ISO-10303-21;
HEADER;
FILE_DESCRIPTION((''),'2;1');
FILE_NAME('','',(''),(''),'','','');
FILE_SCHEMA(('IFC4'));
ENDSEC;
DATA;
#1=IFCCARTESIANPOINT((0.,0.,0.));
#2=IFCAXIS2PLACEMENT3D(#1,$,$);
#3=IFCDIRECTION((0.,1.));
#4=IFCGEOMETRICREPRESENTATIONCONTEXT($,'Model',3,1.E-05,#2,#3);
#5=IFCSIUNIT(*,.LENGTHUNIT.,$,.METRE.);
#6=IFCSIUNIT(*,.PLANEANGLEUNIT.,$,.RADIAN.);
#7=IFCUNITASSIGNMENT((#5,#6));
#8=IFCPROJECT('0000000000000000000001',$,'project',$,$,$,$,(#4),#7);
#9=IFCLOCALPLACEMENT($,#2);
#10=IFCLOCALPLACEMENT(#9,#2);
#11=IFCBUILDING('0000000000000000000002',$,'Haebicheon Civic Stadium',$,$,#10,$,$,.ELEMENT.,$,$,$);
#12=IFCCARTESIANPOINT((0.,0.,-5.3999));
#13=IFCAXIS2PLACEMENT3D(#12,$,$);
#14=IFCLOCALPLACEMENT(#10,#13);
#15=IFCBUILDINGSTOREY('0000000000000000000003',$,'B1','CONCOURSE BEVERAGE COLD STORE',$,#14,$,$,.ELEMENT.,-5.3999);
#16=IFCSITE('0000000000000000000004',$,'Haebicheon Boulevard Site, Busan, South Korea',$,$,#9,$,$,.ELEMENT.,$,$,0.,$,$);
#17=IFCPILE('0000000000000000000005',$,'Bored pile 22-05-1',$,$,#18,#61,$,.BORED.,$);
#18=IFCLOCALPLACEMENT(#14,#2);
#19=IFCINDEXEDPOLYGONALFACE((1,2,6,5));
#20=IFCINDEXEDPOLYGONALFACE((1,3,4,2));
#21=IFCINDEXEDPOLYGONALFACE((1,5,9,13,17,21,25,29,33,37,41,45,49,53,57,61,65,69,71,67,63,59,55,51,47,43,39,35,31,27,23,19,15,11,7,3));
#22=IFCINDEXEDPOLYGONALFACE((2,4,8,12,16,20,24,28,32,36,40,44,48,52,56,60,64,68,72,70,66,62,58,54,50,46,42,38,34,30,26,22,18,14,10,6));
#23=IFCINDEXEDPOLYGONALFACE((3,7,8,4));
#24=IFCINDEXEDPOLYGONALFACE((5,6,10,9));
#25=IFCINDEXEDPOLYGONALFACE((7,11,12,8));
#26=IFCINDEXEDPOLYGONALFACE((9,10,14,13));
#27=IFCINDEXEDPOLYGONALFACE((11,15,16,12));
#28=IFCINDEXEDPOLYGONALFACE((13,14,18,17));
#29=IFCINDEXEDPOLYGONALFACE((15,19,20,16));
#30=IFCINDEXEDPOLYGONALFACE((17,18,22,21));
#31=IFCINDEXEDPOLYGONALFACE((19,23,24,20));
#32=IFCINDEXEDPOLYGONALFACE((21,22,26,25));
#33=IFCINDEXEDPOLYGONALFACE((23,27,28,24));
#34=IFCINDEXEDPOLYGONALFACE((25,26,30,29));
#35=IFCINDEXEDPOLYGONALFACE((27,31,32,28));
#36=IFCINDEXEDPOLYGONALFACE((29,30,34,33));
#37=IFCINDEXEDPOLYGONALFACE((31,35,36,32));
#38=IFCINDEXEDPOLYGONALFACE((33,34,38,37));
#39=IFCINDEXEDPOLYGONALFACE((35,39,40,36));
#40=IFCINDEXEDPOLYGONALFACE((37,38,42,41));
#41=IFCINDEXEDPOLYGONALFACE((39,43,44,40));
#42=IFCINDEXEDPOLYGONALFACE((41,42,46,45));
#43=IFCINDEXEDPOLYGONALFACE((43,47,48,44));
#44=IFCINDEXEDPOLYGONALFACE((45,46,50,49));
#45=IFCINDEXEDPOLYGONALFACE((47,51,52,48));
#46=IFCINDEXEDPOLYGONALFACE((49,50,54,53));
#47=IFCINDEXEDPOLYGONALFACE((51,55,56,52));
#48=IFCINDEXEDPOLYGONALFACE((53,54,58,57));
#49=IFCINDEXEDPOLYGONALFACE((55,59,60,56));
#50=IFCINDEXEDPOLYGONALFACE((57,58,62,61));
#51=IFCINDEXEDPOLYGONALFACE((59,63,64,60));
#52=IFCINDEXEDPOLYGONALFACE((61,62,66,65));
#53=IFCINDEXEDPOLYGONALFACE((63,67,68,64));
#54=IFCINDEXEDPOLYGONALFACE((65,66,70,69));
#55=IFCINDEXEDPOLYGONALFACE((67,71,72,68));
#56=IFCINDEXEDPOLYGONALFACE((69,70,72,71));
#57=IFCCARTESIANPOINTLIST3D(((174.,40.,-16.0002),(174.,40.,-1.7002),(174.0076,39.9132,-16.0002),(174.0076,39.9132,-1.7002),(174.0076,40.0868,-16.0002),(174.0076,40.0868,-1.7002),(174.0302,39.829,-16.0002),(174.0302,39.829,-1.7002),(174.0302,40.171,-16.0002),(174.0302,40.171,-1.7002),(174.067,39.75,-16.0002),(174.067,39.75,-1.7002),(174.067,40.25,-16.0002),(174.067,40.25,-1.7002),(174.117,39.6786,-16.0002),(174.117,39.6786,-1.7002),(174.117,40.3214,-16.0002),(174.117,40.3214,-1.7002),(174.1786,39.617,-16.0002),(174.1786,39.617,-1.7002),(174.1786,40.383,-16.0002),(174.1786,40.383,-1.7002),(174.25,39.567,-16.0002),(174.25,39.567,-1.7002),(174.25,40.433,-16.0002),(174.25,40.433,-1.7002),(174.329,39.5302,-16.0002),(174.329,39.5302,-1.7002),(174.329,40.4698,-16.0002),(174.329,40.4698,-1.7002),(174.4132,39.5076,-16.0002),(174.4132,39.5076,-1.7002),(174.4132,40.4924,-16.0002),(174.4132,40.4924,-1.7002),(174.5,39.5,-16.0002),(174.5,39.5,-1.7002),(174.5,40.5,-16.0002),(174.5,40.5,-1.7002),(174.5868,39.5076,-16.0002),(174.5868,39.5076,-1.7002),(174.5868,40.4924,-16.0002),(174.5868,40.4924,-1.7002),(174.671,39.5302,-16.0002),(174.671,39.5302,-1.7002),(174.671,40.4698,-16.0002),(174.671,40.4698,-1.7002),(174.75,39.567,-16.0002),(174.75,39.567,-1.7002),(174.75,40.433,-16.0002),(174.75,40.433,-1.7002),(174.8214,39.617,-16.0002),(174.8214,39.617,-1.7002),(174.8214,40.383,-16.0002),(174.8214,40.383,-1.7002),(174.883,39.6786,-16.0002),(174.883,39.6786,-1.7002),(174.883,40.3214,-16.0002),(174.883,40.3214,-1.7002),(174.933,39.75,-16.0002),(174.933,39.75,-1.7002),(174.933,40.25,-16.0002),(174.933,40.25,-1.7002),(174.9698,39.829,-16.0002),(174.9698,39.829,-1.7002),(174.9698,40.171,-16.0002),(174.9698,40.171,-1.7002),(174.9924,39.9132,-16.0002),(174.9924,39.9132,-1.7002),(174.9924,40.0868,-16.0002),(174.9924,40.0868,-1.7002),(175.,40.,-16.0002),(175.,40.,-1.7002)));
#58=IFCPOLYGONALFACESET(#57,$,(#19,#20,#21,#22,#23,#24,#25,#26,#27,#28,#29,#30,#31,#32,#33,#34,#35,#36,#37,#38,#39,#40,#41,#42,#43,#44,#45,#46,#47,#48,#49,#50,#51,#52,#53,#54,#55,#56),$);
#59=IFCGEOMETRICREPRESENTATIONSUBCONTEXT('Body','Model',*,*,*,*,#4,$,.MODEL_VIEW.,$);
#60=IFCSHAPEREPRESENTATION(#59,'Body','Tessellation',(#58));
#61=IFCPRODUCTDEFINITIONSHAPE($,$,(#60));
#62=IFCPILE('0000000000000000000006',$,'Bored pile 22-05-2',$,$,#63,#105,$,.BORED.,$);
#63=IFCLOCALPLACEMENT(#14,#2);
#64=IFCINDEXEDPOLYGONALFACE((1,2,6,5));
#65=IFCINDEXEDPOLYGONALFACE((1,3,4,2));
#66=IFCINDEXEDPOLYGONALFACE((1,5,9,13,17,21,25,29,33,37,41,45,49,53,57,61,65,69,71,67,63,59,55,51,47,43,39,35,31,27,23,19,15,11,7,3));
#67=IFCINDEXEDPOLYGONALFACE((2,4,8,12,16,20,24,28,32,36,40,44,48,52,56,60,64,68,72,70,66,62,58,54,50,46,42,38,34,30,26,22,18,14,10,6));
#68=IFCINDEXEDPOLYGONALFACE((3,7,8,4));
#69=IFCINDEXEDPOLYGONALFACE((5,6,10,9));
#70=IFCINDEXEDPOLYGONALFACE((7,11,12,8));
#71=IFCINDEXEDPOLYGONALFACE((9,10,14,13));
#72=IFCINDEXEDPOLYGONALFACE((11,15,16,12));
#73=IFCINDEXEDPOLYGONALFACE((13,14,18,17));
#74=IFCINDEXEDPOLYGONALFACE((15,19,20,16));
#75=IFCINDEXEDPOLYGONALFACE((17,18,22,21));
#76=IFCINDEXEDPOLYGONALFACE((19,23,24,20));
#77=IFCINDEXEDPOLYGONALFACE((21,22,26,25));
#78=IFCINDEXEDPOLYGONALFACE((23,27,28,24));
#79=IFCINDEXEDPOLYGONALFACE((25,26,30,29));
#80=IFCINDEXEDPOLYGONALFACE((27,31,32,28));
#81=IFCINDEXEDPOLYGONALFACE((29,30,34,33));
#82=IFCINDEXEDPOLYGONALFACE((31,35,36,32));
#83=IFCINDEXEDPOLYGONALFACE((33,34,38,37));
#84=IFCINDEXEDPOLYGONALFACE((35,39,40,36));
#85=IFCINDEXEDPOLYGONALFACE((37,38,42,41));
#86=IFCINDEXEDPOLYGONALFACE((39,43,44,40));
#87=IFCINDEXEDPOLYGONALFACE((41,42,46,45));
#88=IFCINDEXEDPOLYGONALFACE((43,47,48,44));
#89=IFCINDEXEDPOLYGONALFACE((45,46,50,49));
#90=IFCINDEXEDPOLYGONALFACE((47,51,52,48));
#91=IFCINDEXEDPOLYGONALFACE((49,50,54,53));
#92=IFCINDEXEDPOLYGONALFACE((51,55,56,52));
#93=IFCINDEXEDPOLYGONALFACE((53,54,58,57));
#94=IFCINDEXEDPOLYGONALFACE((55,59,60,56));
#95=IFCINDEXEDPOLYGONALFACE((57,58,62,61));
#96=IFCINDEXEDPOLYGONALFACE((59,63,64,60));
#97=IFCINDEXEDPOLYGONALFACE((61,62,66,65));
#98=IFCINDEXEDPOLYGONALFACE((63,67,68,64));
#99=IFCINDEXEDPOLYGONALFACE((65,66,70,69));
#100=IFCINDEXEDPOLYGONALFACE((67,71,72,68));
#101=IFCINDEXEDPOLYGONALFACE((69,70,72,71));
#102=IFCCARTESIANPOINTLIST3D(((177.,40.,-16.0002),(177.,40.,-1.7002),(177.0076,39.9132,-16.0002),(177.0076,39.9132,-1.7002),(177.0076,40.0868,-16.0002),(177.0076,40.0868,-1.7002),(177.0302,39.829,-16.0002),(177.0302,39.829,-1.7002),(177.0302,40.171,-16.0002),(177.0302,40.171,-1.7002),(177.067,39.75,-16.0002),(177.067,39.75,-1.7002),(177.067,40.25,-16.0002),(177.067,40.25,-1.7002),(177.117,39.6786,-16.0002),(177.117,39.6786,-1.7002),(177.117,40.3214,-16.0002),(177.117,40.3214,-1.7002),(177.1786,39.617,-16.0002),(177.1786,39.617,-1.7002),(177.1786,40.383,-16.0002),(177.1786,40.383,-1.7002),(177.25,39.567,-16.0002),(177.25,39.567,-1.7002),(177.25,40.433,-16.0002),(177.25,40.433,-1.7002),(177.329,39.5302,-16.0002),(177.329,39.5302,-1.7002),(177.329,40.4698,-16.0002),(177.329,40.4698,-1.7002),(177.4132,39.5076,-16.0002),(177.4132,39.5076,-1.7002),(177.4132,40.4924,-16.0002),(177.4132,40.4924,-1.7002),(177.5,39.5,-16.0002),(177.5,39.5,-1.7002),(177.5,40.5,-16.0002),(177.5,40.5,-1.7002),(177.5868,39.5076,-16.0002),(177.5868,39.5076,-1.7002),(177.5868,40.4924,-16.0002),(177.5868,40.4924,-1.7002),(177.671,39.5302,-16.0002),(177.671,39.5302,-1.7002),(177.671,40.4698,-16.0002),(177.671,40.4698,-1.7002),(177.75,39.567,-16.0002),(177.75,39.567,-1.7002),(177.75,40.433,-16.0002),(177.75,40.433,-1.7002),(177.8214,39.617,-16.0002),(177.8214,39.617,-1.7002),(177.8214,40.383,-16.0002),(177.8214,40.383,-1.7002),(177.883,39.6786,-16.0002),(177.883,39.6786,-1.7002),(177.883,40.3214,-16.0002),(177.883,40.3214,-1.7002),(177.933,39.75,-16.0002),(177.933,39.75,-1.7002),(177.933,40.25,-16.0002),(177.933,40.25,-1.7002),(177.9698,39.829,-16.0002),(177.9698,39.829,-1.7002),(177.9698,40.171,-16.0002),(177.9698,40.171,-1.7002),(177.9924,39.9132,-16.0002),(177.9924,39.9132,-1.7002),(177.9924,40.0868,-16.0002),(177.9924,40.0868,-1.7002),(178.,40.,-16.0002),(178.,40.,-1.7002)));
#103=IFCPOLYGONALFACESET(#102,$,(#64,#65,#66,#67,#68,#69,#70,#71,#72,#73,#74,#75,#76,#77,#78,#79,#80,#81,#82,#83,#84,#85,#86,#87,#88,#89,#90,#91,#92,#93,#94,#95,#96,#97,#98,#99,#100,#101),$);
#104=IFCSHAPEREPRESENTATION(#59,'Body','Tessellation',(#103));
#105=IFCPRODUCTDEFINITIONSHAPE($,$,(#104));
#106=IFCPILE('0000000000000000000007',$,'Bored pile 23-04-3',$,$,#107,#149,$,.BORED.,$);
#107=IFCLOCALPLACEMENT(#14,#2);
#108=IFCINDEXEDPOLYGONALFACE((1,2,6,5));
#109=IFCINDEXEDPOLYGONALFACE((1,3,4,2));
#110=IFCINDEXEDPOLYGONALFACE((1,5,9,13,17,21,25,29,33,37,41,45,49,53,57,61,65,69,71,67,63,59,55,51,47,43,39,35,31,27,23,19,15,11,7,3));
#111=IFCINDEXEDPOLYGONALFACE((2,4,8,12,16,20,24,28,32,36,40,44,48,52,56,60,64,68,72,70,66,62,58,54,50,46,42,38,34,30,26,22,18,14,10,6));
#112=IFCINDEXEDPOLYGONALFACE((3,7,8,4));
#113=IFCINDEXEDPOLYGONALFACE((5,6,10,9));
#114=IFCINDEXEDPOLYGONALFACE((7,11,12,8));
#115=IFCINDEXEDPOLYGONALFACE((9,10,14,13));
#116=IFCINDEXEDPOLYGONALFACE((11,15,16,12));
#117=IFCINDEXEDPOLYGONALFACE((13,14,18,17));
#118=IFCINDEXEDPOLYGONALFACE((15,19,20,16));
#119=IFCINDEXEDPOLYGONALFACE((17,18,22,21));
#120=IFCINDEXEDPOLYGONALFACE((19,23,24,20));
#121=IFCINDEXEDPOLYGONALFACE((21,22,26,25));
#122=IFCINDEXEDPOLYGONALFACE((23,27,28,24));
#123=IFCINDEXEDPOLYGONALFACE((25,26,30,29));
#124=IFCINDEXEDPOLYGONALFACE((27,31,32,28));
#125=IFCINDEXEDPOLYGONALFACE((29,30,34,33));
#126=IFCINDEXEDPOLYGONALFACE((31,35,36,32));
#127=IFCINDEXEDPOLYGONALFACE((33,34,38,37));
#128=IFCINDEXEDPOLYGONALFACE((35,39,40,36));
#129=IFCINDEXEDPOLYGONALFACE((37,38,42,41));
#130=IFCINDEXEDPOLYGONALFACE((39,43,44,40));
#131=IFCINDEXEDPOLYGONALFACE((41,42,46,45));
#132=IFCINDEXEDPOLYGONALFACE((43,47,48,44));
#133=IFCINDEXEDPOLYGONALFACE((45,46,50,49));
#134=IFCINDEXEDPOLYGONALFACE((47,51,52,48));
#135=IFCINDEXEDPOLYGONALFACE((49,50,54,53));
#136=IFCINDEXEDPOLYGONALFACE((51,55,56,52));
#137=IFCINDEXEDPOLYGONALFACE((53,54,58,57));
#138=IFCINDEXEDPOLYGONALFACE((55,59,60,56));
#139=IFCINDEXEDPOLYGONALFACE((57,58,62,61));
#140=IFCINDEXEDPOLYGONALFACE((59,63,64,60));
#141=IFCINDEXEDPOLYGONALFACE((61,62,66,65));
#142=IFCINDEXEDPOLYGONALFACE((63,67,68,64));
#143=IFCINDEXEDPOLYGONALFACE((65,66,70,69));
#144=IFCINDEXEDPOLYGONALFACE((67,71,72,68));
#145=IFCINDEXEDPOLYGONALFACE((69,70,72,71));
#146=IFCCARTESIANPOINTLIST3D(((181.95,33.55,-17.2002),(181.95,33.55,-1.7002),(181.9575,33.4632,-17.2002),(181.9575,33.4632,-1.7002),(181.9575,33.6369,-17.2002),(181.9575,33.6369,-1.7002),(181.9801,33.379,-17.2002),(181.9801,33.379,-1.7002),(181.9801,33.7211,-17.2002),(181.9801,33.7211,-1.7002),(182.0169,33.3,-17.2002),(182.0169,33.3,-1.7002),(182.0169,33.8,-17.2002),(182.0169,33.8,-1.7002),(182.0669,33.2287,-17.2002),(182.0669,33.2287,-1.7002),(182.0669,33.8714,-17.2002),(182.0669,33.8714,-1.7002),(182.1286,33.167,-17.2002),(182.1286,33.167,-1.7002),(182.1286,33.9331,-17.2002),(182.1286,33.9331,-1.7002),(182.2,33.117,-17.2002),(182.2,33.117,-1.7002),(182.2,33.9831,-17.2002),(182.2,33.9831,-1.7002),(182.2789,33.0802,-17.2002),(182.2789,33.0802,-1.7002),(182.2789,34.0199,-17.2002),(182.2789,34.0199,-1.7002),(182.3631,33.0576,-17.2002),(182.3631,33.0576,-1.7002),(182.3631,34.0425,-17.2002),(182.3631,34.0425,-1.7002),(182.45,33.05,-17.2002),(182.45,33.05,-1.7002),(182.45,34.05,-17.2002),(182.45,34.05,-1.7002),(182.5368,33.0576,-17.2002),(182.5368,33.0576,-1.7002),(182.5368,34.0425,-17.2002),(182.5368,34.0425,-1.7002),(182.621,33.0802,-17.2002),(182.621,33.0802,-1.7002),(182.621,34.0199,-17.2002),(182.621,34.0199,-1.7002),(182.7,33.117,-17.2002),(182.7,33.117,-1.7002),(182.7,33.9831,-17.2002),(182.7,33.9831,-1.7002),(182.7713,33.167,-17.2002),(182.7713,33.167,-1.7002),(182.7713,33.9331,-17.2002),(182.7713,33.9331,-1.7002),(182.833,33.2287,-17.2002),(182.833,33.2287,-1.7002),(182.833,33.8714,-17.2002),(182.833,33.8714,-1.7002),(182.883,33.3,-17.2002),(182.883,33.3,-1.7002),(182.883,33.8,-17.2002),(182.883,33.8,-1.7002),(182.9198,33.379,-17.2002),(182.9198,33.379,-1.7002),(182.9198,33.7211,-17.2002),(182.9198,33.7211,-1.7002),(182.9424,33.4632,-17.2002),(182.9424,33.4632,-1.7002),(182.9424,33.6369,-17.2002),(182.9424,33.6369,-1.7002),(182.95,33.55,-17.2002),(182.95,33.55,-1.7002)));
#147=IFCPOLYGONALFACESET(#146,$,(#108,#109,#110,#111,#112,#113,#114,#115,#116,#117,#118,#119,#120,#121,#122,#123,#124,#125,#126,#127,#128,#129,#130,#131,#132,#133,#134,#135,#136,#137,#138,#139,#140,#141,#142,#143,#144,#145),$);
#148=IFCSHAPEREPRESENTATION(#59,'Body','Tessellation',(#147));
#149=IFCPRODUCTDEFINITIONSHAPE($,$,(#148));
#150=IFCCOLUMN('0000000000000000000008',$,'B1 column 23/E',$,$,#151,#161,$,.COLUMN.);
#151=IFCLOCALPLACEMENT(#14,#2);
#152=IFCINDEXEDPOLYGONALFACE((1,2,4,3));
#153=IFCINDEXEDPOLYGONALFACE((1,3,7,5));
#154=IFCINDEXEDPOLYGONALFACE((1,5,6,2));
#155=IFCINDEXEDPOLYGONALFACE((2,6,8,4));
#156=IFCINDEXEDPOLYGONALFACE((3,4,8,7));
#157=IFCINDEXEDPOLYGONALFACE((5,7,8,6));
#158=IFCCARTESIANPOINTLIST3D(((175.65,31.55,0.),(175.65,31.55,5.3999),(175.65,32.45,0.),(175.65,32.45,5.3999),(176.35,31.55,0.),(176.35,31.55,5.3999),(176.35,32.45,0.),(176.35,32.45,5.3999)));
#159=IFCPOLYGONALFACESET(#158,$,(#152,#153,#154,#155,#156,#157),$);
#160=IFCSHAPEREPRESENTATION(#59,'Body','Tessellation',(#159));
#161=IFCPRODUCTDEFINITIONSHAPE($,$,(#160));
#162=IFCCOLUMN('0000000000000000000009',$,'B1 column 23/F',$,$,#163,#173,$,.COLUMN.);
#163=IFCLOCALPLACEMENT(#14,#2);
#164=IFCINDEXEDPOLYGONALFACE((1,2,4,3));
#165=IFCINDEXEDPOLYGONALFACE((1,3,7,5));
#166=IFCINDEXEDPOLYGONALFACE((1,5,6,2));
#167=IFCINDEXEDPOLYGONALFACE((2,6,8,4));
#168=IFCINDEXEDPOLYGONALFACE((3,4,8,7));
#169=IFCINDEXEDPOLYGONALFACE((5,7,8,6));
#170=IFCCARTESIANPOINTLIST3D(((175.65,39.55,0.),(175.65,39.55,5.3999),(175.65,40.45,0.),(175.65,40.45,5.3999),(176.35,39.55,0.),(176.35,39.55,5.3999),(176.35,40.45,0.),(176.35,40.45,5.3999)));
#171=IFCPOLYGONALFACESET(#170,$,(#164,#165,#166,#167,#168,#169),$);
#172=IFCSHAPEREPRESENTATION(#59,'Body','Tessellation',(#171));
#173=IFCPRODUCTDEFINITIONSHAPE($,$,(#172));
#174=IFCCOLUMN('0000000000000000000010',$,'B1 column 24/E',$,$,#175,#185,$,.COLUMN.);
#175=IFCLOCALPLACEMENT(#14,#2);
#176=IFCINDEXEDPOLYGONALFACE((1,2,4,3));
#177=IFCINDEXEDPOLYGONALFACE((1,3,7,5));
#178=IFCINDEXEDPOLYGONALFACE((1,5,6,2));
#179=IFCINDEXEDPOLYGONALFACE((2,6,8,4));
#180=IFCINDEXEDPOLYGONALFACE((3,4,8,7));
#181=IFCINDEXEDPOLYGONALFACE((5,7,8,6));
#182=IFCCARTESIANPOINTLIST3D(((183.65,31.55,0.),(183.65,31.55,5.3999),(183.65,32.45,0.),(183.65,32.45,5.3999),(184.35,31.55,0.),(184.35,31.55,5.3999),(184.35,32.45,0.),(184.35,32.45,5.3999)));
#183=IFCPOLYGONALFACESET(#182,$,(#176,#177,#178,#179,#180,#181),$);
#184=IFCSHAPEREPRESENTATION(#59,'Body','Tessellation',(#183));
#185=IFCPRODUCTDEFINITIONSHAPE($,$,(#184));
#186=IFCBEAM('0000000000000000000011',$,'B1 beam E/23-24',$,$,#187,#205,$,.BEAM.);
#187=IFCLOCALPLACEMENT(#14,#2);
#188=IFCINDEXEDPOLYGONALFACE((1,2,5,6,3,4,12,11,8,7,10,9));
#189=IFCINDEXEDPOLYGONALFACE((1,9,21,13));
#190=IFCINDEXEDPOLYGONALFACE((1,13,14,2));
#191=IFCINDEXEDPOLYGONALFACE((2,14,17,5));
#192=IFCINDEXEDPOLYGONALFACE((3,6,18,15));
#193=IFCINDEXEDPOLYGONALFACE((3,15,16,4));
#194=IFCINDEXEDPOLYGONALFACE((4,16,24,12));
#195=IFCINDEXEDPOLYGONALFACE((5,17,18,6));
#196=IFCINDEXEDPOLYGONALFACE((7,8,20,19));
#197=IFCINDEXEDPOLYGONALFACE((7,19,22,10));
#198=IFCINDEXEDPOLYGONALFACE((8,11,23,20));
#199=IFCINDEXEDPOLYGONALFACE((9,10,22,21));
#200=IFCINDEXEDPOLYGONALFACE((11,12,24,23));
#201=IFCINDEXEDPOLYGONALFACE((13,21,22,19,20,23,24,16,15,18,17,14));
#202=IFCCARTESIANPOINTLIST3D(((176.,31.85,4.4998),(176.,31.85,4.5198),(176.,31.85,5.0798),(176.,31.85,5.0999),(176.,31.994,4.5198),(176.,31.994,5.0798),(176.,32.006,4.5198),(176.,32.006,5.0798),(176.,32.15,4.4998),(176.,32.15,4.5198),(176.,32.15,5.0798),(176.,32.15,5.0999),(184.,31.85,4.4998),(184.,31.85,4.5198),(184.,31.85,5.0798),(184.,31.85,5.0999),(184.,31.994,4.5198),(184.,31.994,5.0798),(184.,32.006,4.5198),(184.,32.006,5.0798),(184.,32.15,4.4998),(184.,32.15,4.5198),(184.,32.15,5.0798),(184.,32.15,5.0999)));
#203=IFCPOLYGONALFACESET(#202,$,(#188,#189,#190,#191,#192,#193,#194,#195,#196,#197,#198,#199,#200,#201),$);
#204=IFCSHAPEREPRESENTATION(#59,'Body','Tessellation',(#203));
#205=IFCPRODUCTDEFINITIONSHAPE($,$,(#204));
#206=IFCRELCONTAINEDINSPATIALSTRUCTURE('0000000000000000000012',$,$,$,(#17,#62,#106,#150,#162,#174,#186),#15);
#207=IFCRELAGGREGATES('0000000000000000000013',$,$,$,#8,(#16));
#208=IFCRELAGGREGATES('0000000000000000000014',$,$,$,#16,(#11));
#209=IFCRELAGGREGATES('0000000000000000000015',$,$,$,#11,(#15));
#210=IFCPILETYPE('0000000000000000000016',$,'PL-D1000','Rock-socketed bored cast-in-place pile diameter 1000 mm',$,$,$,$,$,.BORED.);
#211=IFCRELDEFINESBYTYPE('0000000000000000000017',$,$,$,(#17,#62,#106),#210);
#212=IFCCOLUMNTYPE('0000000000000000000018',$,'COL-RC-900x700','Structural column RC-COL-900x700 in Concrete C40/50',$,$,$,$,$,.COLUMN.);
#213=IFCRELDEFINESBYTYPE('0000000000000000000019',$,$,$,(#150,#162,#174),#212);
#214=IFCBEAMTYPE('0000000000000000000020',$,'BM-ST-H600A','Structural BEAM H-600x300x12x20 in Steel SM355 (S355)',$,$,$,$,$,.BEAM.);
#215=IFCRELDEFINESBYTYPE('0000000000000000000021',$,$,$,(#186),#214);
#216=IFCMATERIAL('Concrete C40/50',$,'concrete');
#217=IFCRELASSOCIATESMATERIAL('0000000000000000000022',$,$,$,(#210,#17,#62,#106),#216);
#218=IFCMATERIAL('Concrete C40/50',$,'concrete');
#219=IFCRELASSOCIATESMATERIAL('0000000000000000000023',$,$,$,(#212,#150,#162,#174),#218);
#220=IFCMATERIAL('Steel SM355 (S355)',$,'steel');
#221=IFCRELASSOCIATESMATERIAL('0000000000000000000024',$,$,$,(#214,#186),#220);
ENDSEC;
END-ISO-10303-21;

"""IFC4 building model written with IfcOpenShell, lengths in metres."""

from ifc_helpers import new_model, si_unit, direction, frame, origin, origin_2d, place, context, subcontext, project, spatial, rectangle, circle, i_section, extrude, material, material_profile, profile_set, type_object, element, save


model = new_model("IFC4")

# Units and contexts
model_context = context("Model", 3, precision=1e-05, world=origin(), true_north=direction((0.0, 1.0)))
body_context = subcontext(model_context, "Body", "Model", "MODEL_VIEW")
ifc_project = project(units=[si_unit("LENGTHUNIT", "METRE"), si_unit("PLANEANGLEUNIT", "RADIAN")], contexts=[model_context])

# Site, building, storey
site_placement = place(None, origin())
site = spatial("IfcSite", under=ifc_project, at=site_placement, Name="Haebicheon Boulevard Site, Busan, South Korea", CompositionType="ELEMENT", RefElevation=0.0)
building_placement = place(site_placement, origin())
building = spatial("IfcBuilding", under=site, at=building_placement, Name="Haebicheon Civic Stadium", CompositionType="ELEMENT")
storey_placement = place(building_placement, frame((0.0, 0.0, -5.3999)))
storey = spatial("IfcBuildingStorey", under=building, at=storey_placement, Name="B1", Description="CONCOURSE BEVERAGE COLD STORE", CompositionType="ELEMENT", Elevation=-5.3999)

# Piles
ifc_material_1 = material(Name="Concrete C40/50", Category="concrete")
ifc_material_profile_1 = material_profile(ifc_material_1, circle(Radius=0.5, at=origin_2d()), Name="PILE-D1000")
ifc_profile_set_1 = profile_set([ifc_material_profile_1], Name="Concrete C40/50")
pile_type = type_object("IfcPileType", Name="PL-D1000", Description="Rock-socketed bored cast-in-place pile diameter 1000 mm", PredefinedType="BORED", material=ifc_profile_set_1)
for number, where, z_axis, x_axis, name in (
    (1, (174.5, 40.0, -1.7002), (0.0, 0.0, -1.0), (1.0, 0.0, 0.0), "Bored pile 22-05-1"),
    (2, (177.5, 40.0, -1.7002), (0.0, 0.0, -1.0), (1.0, 0.0, 0.0), "Bored pile 22-05-2"),
):
    element("IfcPile", number, at=place(storey_placement, frame(where, z_axis=z_axis, x_axis=x_axis)), inside=storey, type_object=pile_type, material=ifc_profile_set_1, Name=name, PredefinedType="BORED", context=body_context, shape_type="SweptSolid", body=[
        extrude(circle(Radius=0.5, at=origin_2d()), origin(), (0.0, 0.0, 1.0), 14.3),
    ])
pile_placement = place(storey_placement, frame((182.45, 33.55, -1.7002), z_axis=(0.0, 0.0, -1.0), x_axis=(1.0, 0.0, 0.0)))
element("IfcPile", 3, at=pile_placement, inside=storey, type_object=pile_type, material=ifc_profile_set_1, Name="Bored pile 23-04-3", PredefinedType="BORED", context=body_context, shape_type="SweptSolid", body=[
    extrude(circle(Radius=0.5, at=origin_2d()), origin(), (0.0, 0.0, 1.0), 15.5),
])

# Columns
ifc_material_2 = material(Name="Concrete C40/50", Category="concrete")
ifc_material_profile_2 = material_profile(ifc_material_2, rectangle(XDim=0.7, YDim=0.8999, at=origin_2d()), Name="RC-COL-900x700")
ifc_profile_set_2 = profile_set([ifc_material_profile_2], Name="Concrete C40/50")
column_type = type_object("IfcColumnType", Name="COL-RC-900x700", Description="Structural column RC-COL-900x700 in Concrete C40/50", PredefinedType="COLUMN", material=ifc_profile_set_2)
for number, where, z_axis, x_axis, name in (
    (4, (176.0, 32.0, 0.0), (0.0, 0.0, 1.0), (1.0, 0.0, 0.0), "B1 column 23/E"),
    (5, (176.0, 40.0, 0.0), (0.0, 0.0, 1.0), (1.0, 0.0, 0.0), "B1 column 23/F"),
    (6, (184.0, 32.0, 0.0), (0.0, 0.0, 1.0), (1.0, 0.0, 0.0), "B1 column 24/E"),
):
    element("IfcColumn", number, at=place(storey_placement, frame(where, z_axis=z_axis, x_axis=x_axis)), inside=storey, type_object=column_type, material=ifc_profile_set_2, Name=name, PredefinedType="COLUMN", context=body_context, shape_type="SweptSolid", body=[
        extrude(rectangle(XDim=0.7, YDim=0.8999, at=origin_2d()), origin(), (0.0, 0.0, 1.0), 5.3999),
    ])

# Beam
ifc_material_3 = material(Name="Steel SM355 (S355)", Category="steel")
ifc_material_profile_3 = material_profile(ifc_material_3, i_section(OverallWidth=0.3, OverallDepth=0.6001, WebThickness=0.012, FlangeThickness=0.02, at=origin_2d()), Name="H-600x300x12x20")
ifc_profile_set_3 = profile_set([ifc_material_profile_3], Name="Steel SM355 (S355)")
beam_type_1 = type_object("IfcBeamType", Name="BM-ST-H600A", Description="Structural BEAM H-600x300x12x20 in Steel SM355 (S355)", PredefinedType="BEAM", material=ifc_profile_set_3)
for number, where, z_axis, x_axis, name in (
    (7, (176.0, 32.0, 4.7998), (1.0, 0.0, 0.0), (0.0, 1.0, 0.0), "B1 beam E/23-24"),
):
    element("IfcBeam", number, at=place(storey_placement, frame(where, z_axis=z_axis, x_axis=x_axis)), inside=storey, type_object=beam_type_1, material=ifc_profile_set_3, Name=name, PredefinedType="BEAM", context=body_context, shape_type="SweptSolid", body=[
        extrude(i_section(OverallWidth=0.3, OverallDepth=0.6001, WebThickness=0.012, FlangeThickness=0.02, at=origin_2d()), origin(), (0.0, 0.0, 1.0), 8.0),
    ])

save(model, "model.ifc")
